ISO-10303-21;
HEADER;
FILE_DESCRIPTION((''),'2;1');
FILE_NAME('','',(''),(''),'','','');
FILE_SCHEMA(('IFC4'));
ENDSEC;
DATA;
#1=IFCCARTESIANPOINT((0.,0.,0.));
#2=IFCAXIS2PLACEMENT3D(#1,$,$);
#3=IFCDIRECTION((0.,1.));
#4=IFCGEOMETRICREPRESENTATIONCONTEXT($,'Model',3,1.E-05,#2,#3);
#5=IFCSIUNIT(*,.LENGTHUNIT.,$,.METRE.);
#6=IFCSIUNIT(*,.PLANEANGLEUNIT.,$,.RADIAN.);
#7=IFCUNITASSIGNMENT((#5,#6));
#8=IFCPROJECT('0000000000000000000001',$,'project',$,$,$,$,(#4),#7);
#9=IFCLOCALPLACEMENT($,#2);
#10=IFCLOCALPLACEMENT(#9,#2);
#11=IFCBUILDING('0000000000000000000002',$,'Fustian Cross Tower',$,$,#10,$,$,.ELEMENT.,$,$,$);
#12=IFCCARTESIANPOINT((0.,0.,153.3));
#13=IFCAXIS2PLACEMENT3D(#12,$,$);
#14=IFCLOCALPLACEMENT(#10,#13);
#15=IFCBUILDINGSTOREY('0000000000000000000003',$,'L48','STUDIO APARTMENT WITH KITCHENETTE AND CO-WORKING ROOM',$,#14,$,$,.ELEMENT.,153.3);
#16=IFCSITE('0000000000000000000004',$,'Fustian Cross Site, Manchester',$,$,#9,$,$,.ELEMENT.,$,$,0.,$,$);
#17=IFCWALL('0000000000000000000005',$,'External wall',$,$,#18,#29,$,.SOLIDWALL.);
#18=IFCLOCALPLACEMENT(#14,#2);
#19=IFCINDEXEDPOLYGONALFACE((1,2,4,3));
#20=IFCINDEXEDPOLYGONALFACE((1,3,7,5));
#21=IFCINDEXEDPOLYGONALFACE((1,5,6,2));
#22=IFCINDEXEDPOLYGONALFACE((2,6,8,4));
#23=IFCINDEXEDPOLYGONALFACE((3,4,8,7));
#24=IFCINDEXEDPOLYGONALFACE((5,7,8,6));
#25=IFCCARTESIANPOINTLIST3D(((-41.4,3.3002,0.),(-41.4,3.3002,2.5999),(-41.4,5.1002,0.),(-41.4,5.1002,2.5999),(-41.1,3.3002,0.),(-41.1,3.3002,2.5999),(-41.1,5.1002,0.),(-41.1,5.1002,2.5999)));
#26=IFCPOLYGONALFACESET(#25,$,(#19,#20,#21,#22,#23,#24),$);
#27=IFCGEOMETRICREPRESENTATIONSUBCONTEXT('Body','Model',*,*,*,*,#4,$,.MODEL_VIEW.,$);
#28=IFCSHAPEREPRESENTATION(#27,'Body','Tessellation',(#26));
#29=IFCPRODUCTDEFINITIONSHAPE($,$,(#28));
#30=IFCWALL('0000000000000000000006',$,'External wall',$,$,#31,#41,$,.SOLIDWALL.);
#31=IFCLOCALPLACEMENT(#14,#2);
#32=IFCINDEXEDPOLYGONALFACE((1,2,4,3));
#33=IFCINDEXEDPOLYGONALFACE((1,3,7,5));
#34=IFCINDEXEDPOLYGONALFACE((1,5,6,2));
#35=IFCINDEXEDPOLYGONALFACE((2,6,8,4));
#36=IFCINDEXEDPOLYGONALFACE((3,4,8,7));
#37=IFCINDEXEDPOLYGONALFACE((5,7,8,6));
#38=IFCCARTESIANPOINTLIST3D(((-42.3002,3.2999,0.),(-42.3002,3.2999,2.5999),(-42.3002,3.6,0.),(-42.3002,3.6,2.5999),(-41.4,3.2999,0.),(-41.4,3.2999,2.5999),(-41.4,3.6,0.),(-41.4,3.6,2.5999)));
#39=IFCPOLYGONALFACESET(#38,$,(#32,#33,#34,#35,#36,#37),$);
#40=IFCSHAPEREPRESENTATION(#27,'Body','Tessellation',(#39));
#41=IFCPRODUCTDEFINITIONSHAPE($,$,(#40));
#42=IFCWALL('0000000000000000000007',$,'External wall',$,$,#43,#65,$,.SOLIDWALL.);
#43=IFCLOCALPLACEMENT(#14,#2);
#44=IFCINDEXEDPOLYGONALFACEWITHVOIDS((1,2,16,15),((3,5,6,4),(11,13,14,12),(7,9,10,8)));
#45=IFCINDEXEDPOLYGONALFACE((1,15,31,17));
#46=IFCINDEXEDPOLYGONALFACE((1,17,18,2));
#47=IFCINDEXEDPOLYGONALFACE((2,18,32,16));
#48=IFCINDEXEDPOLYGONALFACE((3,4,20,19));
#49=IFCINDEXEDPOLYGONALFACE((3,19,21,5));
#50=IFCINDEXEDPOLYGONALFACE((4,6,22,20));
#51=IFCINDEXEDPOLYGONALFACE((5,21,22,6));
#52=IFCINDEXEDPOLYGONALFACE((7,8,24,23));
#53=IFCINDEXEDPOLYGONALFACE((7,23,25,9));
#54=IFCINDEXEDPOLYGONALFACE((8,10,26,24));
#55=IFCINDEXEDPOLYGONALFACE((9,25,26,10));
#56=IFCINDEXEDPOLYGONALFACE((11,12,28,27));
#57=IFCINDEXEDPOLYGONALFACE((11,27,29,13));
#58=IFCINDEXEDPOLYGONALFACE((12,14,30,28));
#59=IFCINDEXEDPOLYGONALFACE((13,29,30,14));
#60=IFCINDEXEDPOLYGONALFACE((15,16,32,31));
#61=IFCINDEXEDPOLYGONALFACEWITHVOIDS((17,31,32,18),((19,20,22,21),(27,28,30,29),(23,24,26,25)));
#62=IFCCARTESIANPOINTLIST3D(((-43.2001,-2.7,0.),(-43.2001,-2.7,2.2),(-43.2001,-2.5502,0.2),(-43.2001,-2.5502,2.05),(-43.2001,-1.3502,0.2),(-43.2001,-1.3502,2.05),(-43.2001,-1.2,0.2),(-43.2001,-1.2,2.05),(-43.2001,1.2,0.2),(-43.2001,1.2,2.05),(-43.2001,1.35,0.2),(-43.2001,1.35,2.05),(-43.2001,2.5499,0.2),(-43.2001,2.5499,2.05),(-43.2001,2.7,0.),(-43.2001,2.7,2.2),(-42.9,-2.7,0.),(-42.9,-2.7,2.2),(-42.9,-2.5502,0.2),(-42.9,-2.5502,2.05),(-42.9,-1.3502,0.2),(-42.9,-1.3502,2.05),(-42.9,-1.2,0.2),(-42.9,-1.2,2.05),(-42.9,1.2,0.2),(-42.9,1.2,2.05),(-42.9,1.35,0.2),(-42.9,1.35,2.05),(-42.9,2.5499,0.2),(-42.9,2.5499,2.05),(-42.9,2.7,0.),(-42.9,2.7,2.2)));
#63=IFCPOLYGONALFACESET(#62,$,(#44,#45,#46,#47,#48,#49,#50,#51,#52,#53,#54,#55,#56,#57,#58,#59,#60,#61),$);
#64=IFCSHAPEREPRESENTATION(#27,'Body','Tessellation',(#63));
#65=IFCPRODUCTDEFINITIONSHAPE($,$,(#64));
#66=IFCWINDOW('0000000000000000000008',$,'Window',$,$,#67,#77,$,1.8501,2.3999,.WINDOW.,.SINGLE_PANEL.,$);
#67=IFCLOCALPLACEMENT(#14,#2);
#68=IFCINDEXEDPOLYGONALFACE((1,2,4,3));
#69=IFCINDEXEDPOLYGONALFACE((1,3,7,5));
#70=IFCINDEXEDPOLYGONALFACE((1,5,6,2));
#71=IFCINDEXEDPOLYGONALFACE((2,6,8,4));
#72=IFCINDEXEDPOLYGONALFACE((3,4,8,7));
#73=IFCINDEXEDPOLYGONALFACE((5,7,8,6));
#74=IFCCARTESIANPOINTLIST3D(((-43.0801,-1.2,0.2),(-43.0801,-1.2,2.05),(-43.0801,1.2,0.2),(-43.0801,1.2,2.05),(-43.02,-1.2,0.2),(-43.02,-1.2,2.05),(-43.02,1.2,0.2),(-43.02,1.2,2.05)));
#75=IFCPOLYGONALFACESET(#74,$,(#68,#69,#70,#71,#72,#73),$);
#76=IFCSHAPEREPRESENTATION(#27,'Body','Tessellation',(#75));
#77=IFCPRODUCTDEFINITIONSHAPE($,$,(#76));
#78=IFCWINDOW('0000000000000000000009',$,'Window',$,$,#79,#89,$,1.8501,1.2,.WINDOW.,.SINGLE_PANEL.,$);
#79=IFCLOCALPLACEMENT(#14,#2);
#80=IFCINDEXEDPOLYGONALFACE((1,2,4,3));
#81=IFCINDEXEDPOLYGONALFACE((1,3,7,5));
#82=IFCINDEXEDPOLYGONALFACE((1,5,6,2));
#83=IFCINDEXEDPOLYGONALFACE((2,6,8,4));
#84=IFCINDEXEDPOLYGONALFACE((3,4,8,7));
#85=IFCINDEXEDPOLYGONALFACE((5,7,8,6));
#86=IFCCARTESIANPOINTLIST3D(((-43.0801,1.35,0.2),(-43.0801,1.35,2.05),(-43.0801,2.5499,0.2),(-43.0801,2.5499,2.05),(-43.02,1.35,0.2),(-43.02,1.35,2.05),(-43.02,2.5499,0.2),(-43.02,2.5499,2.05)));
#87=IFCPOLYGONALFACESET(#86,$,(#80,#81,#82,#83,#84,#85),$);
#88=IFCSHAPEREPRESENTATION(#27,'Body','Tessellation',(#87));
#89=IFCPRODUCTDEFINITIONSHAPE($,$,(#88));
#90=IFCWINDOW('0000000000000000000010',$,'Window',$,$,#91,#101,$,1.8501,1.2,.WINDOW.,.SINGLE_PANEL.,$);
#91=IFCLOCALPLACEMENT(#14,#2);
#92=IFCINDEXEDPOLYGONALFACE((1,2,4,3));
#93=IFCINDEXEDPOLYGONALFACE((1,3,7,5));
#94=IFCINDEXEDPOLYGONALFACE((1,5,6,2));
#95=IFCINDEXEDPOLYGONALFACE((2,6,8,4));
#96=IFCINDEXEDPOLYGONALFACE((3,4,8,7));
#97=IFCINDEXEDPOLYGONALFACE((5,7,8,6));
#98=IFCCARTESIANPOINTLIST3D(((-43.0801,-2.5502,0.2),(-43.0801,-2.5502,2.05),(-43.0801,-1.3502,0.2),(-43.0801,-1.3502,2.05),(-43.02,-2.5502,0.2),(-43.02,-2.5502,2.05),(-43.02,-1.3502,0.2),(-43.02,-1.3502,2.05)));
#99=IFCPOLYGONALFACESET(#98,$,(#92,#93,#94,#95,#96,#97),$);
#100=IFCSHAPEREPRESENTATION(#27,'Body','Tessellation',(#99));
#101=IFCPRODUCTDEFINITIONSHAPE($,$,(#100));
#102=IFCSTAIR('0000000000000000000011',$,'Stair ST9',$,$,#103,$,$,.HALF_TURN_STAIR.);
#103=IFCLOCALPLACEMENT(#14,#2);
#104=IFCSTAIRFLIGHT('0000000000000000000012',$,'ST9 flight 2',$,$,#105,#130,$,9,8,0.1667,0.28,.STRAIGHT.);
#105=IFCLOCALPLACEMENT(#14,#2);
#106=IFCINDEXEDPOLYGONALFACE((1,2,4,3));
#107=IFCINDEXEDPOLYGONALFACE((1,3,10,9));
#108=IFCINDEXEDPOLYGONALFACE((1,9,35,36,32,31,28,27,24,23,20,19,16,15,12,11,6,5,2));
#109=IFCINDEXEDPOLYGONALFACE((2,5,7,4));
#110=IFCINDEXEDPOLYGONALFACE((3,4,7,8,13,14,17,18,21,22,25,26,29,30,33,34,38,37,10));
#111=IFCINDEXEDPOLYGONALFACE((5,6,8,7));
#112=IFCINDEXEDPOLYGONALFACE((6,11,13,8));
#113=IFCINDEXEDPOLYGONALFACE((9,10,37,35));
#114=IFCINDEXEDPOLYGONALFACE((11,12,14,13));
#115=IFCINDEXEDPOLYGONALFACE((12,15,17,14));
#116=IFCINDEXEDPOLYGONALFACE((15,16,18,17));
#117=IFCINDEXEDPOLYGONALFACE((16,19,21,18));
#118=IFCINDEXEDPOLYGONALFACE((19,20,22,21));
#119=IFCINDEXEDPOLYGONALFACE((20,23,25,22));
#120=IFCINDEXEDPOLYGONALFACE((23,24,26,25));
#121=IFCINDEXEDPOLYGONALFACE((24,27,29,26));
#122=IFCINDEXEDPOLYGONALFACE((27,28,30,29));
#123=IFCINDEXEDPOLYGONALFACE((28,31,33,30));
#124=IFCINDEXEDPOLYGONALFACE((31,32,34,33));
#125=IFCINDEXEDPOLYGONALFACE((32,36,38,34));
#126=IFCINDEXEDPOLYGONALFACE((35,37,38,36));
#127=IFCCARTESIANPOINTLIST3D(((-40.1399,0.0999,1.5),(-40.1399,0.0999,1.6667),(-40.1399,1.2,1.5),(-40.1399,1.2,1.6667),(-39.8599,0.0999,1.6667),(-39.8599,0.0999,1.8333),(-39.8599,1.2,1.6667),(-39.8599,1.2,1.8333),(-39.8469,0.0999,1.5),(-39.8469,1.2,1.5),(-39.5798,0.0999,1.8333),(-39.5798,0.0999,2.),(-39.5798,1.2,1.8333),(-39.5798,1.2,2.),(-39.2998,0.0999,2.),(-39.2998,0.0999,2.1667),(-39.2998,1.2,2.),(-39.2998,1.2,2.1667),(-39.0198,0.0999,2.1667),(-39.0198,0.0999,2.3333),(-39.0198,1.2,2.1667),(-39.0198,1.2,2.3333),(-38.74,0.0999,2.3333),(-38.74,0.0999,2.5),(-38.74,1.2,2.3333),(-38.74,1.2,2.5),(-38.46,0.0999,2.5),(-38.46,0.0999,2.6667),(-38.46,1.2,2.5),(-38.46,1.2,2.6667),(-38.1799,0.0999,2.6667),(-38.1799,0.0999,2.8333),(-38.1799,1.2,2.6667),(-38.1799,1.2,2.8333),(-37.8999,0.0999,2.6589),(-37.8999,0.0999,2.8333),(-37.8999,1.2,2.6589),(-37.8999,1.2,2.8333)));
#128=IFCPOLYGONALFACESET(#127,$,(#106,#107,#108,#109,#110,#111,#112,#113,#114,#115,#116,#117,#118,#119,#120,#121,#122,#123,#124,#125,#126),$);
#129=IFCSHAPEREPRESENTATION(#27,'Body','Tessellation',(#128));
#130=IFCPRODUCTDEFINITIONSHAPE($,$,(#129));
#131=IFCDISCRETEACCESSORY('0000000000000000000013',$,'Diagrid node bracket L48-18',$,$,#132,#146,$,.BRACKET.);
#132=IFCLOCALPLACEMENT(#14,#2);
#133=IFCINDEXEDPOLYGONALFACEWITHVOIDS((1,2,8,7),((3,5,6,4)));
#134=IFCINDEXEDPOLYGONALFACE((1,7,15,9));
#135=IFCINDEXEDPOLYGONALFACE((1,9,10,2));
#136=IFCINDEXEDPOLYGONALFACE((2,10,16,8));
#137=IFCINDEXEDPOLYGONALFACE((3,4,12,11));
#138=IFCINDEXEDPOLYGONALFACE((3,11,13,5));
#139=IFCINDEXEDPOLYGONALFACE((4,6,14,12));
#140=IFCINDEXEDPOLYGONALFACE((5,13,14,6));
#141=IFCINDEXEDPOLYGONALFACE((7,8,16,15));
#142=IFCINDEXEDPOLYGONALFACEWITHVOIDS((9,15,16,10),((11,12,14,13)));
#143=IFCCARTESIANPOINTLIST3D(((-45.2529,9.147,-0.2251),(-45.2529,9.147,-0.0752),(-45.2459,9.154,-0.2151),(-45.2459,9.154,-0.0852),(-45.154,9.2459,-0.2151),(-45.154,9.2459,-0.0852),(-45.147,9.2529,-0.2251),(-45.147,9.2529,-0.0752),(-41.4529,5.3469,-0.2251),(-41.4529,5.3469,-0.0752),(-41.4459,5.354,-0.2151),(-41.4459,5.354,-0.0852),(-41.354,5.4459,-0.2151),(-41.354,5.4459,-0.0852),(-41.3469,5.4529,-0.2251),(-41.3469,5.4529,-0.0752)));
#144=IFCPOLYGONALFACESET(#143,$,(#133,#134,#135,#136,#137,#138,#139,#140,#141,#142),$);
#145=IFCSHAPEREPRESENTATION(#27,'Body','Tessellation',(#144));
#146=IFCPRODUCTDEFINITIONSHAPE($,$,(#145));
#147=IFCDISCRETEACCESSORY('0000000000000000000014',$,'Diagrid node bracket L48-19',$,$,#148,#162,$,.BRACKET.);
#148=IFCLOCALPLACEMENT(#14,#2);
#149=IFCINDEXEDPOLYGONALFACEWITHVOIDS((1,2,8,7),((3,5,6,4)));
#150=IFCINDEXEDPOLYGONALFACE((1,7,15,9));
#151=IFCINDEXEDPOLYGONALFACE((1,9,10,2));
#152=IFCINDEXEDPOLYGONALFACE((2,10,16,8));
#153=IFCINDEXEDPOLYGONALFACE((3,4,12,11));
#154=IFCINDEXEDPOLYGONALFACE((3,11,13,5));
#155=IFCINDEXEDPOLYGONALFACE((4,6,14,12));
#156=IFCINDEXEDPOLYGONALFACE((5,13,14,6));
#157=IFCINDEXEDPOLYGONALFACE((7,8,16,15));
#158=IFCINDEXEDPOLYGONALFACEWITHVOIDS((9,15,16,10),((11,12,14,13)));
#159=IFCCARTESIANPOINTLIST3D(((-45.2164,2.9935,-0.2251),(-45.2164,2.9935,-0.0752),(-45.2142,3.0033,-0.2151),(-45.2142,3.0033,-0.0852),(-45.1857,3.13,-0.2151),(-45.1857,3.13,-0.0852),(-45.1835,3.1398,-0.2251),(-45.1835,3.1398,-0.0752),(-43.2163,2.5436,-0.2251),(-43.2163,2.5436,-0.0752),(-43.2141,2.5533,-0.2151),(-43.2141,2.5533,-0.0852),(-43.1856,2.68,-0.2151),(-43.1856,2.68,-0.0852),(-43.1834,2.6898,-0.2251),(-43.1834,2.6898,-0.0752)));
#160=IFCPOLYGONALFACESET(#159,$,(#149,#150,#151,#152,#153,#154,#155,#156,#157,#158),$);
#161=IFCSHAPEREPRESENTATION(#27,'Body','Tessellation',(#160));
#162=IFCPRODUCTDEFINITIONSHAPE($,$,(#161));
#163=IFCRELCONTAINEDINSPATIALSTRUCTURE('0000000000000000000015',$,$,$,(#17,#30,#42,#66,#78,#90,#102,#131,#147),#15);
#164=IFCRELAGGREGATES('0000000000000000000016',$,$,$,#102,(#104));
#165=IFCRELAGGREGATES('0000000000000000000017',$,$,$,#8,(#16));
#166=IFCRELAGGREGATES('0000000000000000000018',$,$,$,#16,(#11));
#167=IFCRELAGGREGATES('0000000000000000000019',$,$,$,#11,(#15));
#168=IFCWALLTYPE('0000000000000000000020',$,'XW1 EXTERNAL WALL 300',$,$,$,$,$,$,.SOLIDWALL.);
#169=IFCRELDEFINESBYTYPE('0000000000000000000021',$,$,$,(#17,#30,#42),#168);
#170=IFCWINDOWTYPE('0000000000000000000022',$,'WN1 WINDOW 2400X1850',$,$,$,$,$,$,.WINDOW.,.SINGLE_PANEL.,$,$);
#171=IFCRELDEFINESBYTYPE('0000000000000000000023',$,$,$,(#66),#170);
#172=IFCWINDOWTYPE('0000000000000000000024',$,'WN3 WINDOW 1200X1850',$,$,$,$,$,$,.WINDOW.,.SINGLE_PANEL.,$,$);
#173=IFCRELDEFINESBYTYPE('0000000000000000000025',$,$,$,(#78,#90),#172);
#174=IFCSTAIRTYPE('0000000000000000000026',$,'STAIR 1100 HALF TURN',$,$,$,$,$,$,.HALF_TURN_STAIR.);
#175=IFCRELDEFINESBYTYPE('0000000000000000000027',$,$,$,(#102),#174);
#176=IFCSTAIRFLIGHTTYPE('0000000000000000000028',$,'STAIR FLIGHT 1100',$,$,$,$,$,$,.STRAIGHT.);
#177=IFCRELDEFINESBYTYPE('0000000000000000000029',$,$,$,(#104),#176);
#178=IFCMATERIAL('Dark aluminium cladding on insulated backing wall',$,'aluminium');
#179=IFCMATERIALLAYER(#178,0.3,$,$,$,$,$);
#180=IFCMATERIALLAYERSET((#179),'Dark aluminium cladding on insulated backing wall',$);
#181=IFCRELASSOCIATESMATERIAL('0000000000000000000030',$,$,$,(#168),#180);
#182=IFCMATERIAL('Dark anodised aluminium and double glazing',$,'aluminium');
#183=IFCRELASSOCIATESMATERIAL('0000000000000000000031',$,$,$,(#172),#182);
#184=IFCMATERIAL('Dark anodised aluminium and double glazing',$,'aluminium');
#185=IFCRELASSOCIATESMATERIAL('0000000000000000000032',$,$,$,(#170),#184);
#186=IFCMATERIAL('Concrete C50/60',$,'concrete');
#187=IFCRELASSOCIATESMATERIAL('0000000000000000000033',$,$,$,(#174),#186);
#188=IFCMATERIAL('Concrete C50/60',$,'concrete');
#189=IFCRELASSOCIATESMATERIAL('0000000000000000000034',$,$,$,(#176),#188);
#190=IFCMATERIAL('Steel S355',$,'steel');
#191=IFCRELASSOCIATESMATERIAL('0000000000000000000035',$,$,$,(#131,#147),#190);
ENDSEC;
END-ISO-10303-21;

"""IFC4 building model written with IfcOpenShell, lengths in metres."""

from ifc_helpers import new_model, si_unit, direction, frame, frame_2d, origin, origin_2d, place, context, subcontext, project, spatial, polyline, rectangle, hollow_rectangle, outline, extrude, material, layer, layer_set, type_object, element, fill, aggregate, save


model = new_model("IFC4")

# Units and contexts
model_context = context("Model", 3, precision=1e-05, world=origin(), true_north=direction((0.0, 1.0)))
body_context = subcontext(model_context, "Body", "Model", "MODEL_VIEW")
ifc_project = project(units=[si_unit("LENGTHUNIT", "METRE"), si_unit("PLANEANGLEUNIT", "RADIAN")], contexts=[model_context])

# Site, building, storey
site_placement = place(None, origin())
site = spatial("IfcSite", under=ifc_project, at=site_placement, Name="Fustian Cross Site, Manchester", CompositionType="ELEMENT", RefElevation=0.0)
building_placement = place(site_placement, origin())
building = spatial("IfcBuilding", under=site, at=building_placement, Name="Fustian Cross Tower", CompositionType="ELEMENT")
storey_placement = place(building_placement, frame((0.0, 0.0, 153.3)))
storey = spatial("IfcBuildingStorey", under=building, at=storey_placement, Name="L48", Description="STUDIO APARTMENT WITH KITCHENETTE AND CO-WORKING ROOM", CompositionType="ELEMENT", Elevation=153.3)

# Shared definitions
ifc_material_1 = material(Name="Dark aluminium cladding on insulated backing wall", Category="aluminium")
ifc_layer = layer(ifc_material_1, 0.3)
ifc_layer_set = layer_set([ifc_layer], Name="Dark aluminium cladding on insulated backing wall")
wall_type = type_object("IfcWallType", Name="XW1 EXTERNAL WALL 300", PredefinedType="SOLIDWALL", material=ifc_layer_set)
ifc_material_2 = material(Name="Dark anodised aluminium and double glazing", Category="aluminium")
window_type_1 = type_object("IfcWindowType", Name="WN3 WINDOW 1200X1850", PartitioningType="SINGLE_PANEL", PredefinedType="WINDOW", material=ifc_material_2)

# Walls
wall_1_placement = place(storey_placement, frame((-41.25, 5.1001, 0.0), z_axis=(0.0, 0.0, 1.0), x_axis=(0.0, -1.0, 0.0)))
element("IfcWall", 1, at=wall_1_placement, inside=storey, type_object=wall_type, Name="External wall", PredefinedType="SOLIDWALL", context=body_context, shape_type="SweptSolid", body=[
    extrude(rectangle(XDim=1.8, YDim=0.3, at=frame_2d((0.8999, 0.0))), origin(), (0.0, 0.0, 1.0), 2.5999),
])
wall_2_placement = place(storey_placement, frame((-41.3999, 3.45, 0.0), z_axis=(0.0, 0.0, 1.0), x_axis=(-1.0, 0.0, 0.0)))
element("IfcWall", 2, at=wall_2_placement, inside=storey, type_object=wall_type, Name="External wall", PredefinedType="SOLIDWALL", context=body_context, shape_type="SweptSolid", body=[
    extrude(rectangle(XDim=0.9001, YDim=0.3, at=frame_2d((0.4502, 0.0))), origin(), (0.0, 0.0, 1.0), 2.5999),
])

# Wall, openings, windows
wall_3_placement = place(storey_placement, frame((-43.05, 2.7, 0.0), z_axis=(0.0, 0.0, 1.0), x_axis=(0.0, -1.0, 0.0)))
wall_3 = element("IfcWall", 3, at=wall_3_placement, inside=storey, type_object=wall_type, Name="External wall", PredefinedType="SOLIDWALL", context=body_context, shape_type="SweptSolid", body=[
    extrude(rectangle(XDim=5.3999, YDim=0.3, at=frame_2d((2.7, 0.0))), origin(), (0.0, 0.0, 1.0), 2.2),
])
opening_1_placement = place(wall_3_placement, frame((1.5, 0.0, 0.2)))
opening_1 = element("IfcOpeningElement", 4, at=opening_1_placement, cuts=wall_3, PredefinedType="OPENING", context=body_context, shape_type="SweptSolid", body=[
    extrude(rectangle(XDim=2.3999, YDim=1.8501, at=frame_2d((1.2, 0.925))), frame((0.0, 0.1599, 0.0), z_axis=(0.0, -1.0, 0.0), x_axis=(1.0, 0.0, 0.0)), (0.0, 0.0, 1.0), 0.3201),
])
opening_2_placement = place(wall_3_placement, frame((0.1499, 0.0, 0.2)))
opening_2 = element("IfcOpeningElement", 5, at=opening_2_placement, cuts=wall_3, PredefinedType="OPENING", context=body_context, shape_type="SweptSolid", body=[
    extrude(rectangle(XDim=1.2, YDim=1.8501, at=frame_2d((0.6001, 0.925))), frame((0.0, 0.1599, 0.0), z_axis=(0.0, -1.0, 0.0), x_axis=(1.0, 0.0, 0.0)), (0.0, 0.0, 1.0), 0.3201),
])
opening_3_placement = place(wall_3_placement, frame((4.05, 0.0, 0.2)))
opening_3 = element("IfcOpeningElement", 6, at=opening_3_placement, cuts=wall_3, PredefinedType="OPENING", context=body_context, shape_type="SweptSolid", body=[
    extrude(rectangle(XDim=1.2, YDim=1.8501, at=frame_2d((0.6001, 0.925))), frame((0.0, 0.1599, 0.0), z_axis=(0.0, -1.0, 0.0), x_axis=(1.0, 0.0, 0.0)), (0.0, 0.0, 1.0), 0.3201),
])
ifc_material_3 = material(Name="Dark anodised aluminium and double glazing", Category="aluminium")
window_type_2 = type_object("IfcWindowType", Name="WN1 WINDOW 2400X1850", PartitioningType="SINGLE_PANEL", PredefinedType="WINDOW", material=ifc_material_3)
window_1_placement = place(opening_1_placement, origin())
window_1 = element("IfcWindow", 7, at=window_1_placement, inside=storey, type_object=window_type_2, Name="Window", OverallHeight=1.8501, OverallWidth=2.3999, PartitioningType="SINGLE_PANEL", PredefinedType="WINDOW", context=body_context, shape_type="SweptSolid", body=[
    extrude(rectangle(XDim=2.3999, YDim=1.8501, at=frame_2d((1.2, 0.925))), frame((0.0, 0.03, 0.0), z_axis=(0.0, -1.0, 0.0), x_axis=(1.0, 0.0, 0.0)), (0.0, 0.0, 1.0), 0.0601),
])
fill(opening_1, window_1)
window_2_placement = place(opening_2_placement, origin())
window_2 = element("IfcWindow", 8, at=window_2_placement, inside=storey, type_object=window_type_1, Name="Window", OverallHeight=1.8501, OverallWidth=1.2, PartitioningType="SINGLE_PANEL", PredefinedType="WINDOW", context=body_context, shape_type="SweptSolid", body=[
    extrude(rectangle(XDim=1.2, YDim=1.8501, at=frame_2d((0.6001, 0.925))), frame((0.0, 0.03, 0.0), z_axis=(0.0, -1.0, 0.0), x_axis=(1.0, 0.0, 0.0)), (0.0, 0.0, 1.0), 0.0601),
])
fill(opening_2, window_2)
window_3_placement = place(opening_3_placement, origin())
window_3 = element("IfcWindow", 9, at=window_3_placement, inside=storey, type_object=window_type_1, Name="Window", OverallHeight=1.8501, OverallWidth=1.2, PartitioningType="SINGLE_PANEL", PredefinedType="WINDOW", context=body_context, shape_type="SweptSolid", body=[
    extrude(rectangle(XDim=1.2, YDim=1.8501, at=frame_2d((0.6001, 0.925))), frame((0.0, 0.03, 0.0), z_axis=(0.0, -1.0, 0.0), x_axis=(1.0, 0.0, 0.0)), (0.0, 0.0, 1.0), 0.0601),
])
fill(opening_3, window_3)

# Stair, stair flight
ifc_material_4 = material(Name="Concrete C50/60", Category="concrete")
stair_type = type_object("IfcStairType", Name="STAIR 1100 HALF TURN", PredefinedType="HALF_TURN_STAIR", material=ifc_material_4)
stair_placement = place(storey_placement, origin())
stair = element("IfcStair", 10, at=stair_placement, inside=storey, type_object=stair_type, Name="Stair ST9", PredefinedType="HALF_TURN_STAIR")
ifc_material_5 = material(Name="Concrete C50/60", Category="concrete")
stair_flight_type = type_object("IfcStairFlightType", Name="STAIR FLIGHT 1100", PredefinedType="STRAIGHT", material=ifc_material_5)
stair_flight_placement = place(storey_placement, frame((-40.1399, 0.6499, 1.5), z_axis=(0.0, 0.0, 1.0), x_axis=(1.0, 0.0, 0.0)))
stair_flight = element("IfcStairFlight", 11, at=stair_flight_placement, type_object=stair_flight_type, Name="ST9 flight 2", NumberOfRisers=9, NumberOfTreads=8, PredefinedType="STRAIGHT", RiserHeight=0.1667, TreadLength=0.28, context=body_context, shape_type="SweptSolid", body=[
    extrude(outline(polyline([(0.0, 0.0), (0.0, 0.1667), (0.28, 0.1667), (0.28, 0.3333), (0.5601, 0.3333), (0.5601, 0.5), (0.8401, 0.5), (0.8401, 0.6667), (1.1201, 0.6667), (1.1201, 0.8333), (1.3999, 0.8333), (1.3999, 1.0), (1.6799, 1.0), (1.6799, 1.1667), (1.96, 1.1667), (1.96, 1.3333), (2.24, 1.3333), (2.24, 1.5), (2.24, 1.1589), (0.293, 0.0), (0.0, 0.0)])), frame((0.0, 0.55, 0.0), z_axis=(0.0, -1.0, 0.0), x_axis=(1.0, 0.0, 0.0)), (0.0, 0.0, 1.0), 1.1001),
])
aggregate(stair, [stair_flight])

# Discrete accessories
ifc_material_6 = material(Name="Steel S355", Category="steel")
discrete_accessory_1_placement = place(storey_placement, frame((-45.2, 9.2, -0.1501), z_axis=(0.707107, -0.707107, 0.0), x_axis=(0.707107, 0.707107, 0.0)))
element("IfcDiscreteAccessory", 12, at=discrete_accessory_1_placement, inside=storey, material=ifc_material_6, Name="Diagrid node bracket L48-18", PredefinedType="BRACKET", context=body_context, shape_type="SweptSolid", body=[
    extrude(hollow_rectangle(XDim=0.1499, YDim=0.1499, WallThickness=0.01, at=origin_2d()), origin(), (0.0, 0.0, 1.0), 5.374),
])
discrete_accessory_2_placement = place(storey_placement, frame((-45.2, 3.0667, -0.1501), z_axis=(0.975615, -0.21949, 0.0), x_axis=(0.21949, 0.975615, 0.0)))
element("IfcDiscreteAccessory", 13, at=discrete_accessory_2_placement, inside=storey, material=ifc_material_6, Name="Diagrid node bracket L48-19", PredefinedType="BRACKET", context=body_context, shape_type="SweptSolid", body=[
    extrude(hollow_rectangle(XDim=0.1499, YDim=0.1499, WallThickness=0.01, at=origin_2d()), origin(), (0.0, 0.0, 1.0), 2.05),
])

save(model, "model.ifc")
